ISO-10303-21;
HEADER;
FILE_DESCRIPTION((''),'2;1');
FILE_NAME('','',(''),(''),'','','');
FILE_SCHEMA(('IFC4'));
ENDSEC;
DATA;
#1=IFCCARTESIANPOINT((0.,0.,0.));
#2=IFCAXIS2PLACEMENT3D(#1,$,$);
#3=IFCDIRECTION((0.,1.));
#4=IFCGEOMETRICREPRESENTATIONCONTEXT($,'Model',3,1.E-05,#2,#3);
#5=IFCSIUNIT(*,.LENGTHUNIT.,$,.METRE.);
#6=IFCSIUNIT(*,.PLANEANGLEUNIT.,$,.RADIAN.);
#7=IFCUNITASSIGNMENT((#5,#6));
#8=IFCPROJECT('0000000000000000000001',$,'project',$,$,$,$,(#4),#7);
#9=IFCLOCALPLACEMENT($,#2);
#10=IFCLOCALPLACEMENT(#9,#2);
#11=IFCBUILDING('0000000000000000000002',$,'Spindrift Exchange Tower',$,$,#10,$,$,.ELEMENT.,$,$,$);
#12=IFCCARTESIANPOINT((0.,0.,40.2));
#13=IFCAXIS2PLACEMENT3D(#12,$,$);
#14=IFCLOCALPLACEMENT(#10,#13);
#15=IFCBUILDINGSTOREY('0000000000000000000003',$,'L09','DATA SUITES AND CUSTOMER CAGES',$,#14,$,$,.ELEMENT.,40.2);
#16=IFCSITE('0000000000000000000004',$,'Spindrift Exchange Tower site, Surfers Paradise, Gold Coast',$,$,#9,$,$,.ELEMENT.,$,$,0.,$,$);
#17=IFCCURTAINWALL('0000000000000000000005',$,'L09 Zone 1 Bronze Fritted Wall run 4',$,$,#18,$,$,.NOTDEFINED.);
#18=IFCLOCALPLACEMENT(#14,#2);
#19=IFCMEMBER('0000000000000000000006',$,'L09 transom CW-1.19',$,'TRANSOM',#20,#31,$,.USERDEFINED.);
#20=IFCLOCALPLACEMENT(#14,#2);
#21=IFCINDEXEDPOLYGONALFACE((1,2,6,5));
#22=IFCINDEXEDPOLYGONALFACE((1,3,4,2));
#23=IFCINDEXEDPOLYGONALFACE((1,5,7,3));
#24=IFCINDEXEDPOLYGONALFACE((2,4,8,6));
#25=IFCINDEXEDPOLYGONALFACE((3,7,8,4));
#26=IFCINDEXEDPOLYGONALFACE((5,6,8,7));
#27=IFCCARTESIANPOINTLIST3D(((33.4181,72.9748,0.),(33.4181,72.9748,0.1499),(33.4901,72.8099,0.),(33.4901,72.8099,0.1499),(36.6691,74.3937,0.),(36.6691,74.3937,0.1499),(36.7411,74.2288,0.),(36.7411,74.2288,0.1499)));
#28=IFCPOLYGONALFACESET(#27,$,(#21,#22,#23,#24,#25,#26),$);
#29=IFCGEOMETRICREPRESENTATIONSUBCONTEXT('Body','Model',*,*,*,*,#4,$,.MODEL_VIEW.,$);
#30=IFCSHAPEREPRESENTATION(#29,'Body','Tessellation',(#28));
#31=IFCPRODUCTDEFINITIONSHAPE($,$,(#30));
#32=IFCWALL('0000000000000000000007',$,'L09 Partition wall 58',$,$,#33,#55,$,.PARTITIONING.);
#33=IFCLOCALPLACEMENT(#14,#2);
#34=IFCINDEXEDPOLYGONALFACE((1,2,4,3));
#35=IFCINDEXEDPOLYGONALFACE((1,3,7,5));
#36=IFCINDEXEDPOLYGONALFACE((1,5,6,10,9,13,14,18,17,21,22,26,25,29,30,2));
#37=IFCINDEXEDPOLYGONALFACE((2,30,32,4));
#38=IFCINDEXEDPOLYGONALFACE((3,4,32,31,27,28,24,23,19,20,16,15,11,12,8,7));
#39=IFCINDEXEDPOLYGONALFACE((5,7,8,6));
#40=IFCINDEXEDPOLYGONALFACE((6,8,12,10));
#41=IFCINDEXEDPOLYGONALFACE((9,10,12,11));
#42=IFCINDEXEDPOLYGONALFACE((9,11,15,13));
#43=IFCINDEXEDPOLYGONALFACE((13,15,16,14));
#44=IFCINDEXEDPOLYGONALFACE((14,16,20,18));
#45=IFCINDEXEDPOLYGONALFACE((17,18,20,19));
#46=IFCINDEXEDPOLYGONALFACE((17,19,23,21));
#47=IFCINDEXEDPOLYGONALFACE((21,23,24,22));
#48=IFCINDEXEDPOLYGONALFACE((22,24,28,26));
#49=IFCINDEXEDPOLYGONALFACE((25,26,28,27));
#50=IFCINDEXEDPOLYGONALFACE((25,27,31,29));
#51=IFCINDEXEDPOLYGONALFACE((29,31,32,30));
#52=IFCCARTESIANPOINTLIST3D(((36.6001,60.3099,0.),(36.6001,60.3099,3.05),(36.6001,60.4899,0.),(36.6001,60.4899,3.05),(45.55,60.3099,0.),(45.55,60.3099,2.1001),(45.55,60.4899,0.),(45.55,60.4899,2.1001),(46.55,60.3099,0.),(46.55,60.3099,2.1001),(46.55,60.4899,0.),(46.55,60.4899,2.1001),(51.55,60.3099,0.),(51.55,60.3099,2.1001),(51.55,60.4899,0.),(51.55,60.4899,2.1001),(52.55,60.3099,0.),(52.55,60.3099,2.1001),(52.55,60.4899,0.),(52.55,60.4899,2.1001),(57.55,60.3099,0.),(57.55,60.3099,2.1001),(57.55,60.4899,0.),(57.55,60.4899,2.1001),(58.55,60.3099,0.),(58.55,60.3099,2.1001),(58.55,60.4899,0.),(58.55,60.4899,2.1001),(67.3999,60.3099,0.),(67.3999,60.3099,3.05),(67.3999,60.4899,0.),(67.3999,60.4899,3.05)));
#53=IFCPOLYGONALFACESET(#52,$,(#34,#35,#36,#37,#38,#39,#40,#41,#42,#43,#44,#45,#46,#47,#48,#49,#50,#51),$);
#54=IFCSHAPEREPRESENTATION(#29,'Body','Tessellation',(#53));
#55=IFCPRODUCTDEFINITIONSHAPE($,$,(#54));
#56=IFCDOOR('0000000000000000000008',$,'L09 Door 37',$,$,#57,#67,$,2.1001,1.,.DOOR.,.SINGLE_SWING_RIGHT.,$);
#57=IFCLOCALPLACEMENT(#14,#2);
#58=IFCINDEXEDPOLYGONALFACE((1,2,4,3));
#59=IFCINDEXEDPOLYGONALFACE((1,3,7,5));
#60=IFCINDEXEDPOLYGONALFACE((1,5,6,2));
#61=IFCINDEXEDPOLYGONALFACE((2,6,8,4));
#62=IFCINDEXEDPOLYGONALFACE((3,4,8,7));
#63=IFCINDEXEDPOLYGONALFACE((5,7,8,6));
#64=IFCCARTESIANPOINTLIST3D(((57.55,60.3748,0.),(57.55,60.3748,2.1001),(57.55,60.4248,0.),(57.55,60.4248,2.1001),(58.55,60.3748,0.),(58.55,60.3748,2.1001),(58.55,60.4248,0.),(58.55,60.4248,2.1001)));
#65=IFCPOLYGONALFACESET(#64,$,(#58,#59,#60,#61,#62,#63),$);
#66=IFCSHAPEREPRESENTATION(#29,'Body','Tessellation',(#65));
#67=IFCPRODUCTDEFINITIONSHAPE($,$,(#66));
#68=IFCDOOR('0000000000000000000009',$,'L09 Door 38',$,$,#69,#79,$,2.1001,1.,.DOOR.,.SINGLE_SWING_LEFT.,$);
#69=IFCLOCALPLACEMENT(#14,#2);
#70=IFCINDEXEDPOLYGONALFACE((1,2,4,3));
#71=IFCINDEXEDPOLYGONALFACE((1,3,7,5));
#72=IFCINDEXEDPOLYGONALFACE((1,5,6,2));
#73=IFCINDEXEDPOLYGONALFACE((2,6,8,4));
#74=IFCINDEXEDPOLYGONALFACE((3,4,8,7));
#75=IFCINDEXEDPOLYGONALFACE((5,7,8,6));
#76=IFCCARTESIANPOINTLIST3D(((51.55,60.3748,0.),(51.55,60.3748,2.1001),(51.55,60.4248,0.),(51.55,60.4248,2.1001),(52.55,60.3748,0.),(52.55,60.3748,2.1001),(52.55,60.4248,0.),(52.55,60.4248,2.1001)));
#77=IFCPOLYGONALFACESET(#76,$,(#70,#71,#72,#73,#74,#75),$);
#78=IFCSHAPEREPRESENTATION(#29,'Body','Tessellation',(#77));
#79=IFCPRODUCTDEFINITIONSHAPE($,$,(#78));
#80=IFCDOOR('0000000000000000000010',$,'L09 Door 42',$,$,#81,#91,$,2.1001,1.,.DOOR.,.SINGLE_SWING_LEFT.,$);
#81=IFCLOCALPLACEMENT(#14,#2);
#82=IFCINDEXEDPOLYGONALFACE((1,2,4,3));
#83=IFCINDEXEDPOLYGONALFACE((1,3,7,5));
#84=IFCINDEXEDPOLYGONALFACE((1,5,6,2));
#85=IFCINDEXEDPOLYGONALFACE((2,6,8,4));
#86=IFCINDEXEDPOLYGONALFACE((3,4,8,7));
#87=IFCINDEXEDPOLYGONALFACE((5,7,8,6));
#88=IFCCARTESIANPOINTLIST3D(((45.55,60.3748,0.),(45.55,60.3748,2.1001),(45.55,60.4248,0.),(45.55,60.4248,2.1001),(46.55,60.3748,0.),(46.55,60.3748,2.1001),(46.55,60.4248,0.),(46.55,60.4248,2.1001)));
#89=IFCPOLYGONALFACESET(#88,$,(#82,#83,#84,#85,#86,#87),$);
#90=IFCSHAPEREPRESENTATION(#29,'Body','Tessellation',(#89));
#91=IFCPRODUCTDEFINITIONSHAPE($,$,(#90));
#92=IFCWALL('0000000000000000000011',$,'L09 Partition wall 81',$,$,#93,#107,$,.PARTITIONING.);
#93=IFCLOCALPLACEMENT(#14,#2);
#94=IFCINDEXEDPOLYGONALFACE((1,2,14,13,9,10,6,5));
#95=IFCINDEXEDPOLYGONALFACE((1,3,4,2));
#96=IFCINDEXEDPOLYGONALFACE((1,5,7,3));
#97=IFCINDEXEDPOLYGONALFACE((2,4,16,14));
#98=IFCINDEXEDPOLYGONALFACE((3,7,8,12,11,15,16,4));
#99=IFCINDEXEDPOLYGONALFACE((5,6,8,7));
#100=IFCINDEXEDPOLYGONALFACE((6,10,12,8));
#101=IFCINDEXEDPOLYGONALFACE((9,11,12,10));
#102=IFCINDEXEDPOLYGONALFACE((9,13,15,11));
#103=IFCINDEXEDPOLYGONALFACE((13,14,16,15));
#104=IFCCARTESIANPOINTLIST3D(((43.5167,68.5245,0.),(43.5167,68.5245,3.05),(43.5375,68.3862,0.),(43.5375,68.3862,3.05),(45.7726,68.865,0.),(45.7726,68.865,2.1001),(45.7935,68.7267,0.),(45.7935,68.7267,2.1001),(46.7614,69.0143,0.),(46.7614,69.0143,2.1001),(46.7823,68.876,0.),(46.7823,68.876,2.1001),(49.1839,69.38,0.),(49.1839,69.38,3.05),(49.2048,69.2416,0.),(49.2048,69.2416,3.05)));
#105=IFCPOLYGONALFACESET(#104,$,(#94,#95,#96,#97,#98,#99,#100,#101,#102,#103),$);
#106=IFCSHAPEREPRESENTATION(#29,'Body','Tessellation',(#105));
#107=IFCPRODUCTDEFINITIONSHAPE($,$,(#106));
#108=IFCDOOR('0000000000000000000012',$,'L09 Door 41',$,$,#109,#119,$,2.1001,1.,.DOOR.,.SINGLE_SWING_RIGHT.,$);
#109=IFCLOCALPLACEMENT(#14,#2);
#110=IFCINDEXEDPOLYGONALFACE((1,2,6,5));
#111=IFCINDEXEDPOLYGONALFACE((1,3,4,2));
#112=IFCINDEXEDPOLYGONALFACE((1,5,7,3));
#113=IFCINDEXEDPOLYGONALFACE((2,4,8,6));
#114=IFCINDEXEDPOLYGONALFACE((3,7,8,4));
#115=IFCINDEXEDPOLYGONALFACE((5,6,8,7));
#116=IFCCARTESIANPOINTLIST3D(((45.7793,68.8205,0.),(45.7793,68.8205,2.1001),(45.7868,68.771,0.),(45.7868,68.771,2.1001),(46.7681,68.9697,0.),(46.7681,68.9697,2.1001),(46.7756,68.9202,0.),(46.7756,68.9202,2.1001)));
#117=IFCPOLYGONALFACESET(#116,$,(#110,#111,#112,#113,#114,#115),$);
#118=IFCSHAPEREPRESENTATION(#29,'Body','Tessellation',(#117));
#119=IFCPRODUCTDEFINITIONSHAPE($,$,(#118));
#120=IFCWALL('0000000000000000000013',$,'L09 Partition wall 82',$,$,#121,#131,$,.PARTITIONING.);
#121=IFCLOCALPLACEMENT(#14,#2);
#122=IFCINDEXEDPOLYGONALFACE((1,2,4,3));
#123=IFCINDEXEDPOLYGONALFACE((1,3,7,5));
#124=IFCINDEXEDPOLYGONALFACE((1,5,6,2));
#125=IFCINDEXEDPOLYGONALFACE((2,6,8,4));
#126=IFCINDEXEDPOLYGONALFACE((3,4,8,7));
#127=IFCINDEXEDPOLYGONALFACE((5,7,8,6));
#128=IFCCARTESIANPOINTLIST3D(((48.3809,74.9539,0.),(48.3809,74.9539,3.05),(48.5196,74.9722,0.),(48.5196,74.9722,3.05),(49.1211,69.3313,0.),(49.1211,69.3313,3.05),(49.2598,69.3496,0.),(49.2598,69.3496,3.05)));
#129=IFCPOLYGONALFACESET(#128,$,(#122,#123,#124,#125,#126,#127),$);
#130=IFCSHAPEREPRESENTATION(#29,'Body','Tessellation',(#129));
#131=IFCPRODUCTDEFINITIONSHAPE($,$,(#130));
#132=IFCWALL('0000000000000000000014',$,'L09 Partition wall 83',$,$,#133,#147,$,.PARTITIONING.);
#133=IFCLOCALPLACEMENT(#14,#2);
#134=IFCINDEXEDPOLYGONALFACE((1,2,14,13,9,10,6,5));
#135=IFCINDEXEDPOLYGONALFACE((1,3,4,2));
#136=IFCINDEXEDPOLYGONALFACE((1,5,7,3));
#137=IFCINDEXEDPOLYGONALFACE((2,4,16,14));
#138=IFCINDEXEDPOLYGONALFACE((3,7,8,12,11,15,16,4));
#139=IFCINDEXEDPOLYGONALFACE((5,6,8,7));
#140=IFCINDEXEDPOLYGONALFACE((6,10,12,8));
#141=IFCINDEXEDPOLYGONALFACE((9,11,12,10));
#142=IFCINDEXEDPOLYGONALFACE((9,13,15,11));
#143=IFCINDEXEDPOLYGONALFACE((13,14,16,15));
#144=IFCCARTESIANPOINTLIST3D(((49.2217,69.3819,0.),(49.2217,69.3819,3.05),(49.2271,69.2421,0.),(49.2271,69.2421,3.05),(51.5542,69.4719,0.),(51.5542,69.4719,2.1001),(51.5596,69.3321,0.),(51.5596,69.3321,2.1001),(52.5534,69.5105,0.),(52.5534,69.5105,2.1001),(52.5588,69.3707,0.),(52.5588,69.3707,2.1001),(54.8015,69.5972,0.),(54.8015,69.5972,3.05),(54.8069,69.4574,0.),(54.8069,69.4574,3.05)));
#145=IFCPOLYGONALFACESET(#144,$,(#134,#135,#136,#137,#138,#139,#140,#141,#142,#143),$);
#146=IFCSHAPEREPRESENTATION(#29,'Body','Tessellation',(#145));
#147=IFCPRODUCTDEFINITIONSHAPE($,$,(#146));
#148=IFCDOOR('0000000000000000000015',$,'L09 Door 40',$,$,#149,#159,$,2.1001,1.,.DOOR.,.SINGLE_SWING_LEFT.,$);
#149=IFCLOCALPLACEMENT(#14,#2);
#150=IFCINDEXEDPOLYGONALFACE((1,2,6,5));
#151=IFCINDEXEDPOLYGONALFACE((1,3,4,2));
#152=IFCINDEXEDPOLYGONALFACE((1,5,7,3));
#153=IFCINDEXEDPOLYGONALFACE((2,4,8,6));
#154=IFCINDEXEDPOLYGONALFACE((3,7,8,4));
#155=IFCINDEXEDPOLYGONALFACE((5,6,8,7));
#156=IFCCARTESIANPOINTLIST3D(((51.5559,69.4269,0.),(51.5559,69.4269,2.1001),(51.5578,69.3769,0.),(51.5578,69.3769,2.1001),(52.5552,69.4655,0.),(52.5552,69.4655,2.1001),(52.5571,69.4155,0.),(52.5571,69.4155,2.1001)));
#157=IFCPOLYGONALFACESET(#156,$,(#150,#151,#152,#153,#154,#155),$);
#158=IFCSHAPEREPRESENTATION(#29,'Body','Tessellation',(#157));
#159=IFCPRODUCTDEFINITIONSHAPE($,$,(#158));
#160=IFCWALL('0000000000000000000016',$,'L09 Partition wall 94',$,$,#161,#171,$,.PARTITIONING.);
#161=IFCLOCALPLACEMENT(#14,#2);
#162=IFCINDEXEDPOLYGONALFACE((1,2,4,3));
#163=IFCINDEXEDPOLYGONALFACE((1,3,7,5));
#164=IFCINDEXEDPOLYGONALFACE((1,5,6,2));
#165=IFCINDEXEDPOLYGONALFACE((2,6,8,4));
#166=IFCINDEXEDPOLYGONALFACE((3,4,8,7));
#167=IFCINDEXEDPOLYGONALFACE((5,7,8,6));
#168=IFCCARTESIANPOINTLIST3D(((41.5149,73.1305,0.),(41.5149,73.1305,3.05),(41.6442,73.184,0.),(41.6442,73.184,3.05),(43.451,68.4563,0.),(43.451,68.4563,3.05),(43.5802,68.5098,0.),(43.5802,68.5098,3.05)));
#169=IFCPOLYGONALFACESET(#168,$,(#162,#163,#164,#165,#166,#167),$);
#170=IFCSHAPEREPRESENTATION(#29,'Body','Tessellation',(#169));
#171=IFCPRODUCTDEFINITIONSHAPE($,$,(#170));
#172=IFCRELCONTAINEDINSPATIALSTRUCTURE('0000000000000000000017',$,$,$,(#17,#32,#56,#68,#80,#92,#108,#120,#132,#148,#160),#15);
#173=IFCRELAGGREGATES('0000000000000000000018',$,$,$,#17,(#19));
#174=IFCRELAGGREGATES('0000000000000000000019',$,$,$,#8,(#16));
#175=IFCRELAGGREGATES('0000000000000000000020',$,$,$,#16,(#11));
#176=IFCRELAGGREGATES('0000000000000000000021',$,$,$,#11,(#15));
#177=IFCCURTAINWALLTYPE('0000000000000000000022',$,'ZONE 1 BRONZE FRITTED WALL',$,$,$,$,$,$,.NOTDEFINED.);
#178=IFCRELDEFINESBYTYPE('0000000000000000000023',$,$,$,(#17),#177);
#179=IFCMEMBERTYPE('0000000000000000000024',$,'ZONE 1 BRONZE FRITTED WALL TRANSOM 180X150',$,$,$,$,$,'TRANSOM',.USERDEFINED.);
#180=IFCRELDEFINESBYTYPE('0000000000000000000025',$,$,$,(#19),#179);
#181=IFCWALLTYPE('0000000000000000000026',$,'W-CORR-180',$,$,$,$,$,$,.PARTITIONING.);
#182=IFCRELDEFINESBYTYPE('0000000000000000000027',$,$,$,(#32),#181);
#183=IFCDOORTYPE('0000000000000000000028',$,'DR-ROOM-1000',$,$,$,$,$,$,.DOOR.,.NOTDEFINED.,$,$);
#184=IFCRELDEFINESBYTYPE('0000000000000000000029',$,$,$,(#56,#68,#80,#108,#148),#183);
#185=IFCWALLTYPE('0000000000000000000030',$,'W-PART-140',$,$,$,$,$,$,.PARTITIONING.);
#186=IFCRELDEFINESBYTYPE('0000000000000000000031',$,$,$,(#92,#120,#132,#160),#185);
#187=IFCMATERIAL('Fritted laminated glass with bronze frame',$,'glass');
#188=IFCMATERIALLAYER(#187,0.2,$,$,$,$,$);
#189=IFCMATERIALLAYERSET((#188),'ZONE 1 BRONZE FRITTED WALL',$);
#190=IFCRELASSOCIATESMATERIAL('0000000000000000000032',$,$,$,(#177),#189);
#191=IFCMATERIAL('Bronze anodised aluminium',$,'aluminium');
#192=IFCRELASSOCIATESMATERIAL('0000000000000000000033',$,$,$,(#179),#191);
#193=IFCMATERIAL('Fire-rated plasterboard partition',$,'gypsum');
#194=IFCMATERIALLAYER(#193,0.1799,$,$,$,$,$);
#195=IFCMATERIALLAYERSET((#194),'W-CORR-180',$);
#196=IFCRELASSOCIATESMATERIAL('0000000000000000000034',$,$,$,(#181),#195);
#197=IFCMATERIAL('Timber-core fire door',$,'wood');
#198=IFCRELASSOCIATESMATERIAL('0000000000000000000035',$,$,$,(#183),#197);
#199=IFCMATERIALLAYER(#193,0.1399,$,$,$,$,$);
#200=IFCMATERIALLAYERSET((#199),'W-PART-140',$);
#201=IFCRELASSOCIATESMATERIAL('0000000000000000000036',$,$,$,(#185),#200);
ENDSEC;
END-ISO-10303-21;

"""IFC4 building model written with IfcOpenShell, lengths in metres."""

from ifc_helpers import new_model, si_unit, direction, frame, frame_2d, origin, origin_2d, place, context, subcontext, project, spatial, rectangle, extrude, source, transform, mapped, material, layer, layer_set, material_profile, profile_set, type_object, element, fill, aggregate, save


model = new_model("IFC4")

# Units and contexts
model_context = context("Model", 3, precision=1e-05, world=origin(), true_north=direction((0.0, 1.0)))
body_context = subcontext(model_context, "Body", "Model", "MODEL_VIEW")
ifc_project = project(units=[si_unit("LENGTHUNIT", "METRE"), si_unit("PLANEANGLEUNIT", "RADIAN")], contexts=[model_context])

# Site, building, storey
site_placement = place(None, origin())
site = spatial("IfcSite", under=ifc_project, at=site_placement, Name="Spindrift Exchange Tower site, Surfers Paradise, Gold Coast", CompositionType="ELEMENT", RefElevation=0.0)
building_placement = place(site_placement, origin())
building = spatial("IfcBuilding", under=site, at=building_placement, Name="Spindrift Exchange Tower", CompositionType="ELEMENT")
storey_placement = place(building_placement, frame((0.0, 0.0, 40.2)))
storey = spatial("IfcBuildingStorey", under=building, at=storey_placement, Name="L09", Description="DATA SUITES AND CUSTOMER CAGES", CompositionType="ELEMENT", Elevation=40.2)

# Curtain wall, member
ifc_material_1 = material(Name="Fritted laminated glass with bronze frame", Category="glass")
ifc_layer_1 = layer(ifc_material_1, 0.2)
ifc_layer_set_1 = layer_set([ifc_layer_1], Name="ZONE 1 BRONZE FRITTED WALL")
curtain_wall_type = type_object("IfcCurtainWallType", Name="ZONE 1 BRONZE FRITTED WALL", PredefinedType="NOTDEFINED", material=ifc_layer_set_1)
curtain_wall_placement = place(storey_placement, origin())
curtain_wall = element("IfcCurtainWall", 1, at=curtain_wall_placement, inside=storey, type_object=curtain_wall_type, Name="L09 Zone 1 Bronze Fritted Wall run 4", PredefinedType="NOTDEFINED")
ifc_material_2 = material(Name="Bronze anodised aluminium", Category="aluminium")
ifc_material_profile_1 = material_profile(ifc_material_2, rectangle(XDim=0.1799, YDim=0.1499, at=origin_2d()), Name="ZONE 1 BRONZE FRITTED WALL TRANSOM 180X150")
ifc_profile_set_1 = profile_set([ifc_material_profile_1], Name="Bronze anodised aluminium")
member_type = type_object("IfcMemberType", Name="ZONE 1 BRONZE FRITTED WALL TRANSOM 180X150", ElementType="TRANSOM", PredefinedType="USERDEFINED", material=ifc_profile_set_1)
shared_shape_1 = source(origin(), body_context, "Body", "SweptSolid", [
    extrude(rectangle(XDim=0.1799, YDim=0.1499, at=origin_2d()), origin(), (0.0, 0.0, 1.0), 3.5471),
])
member_placement = place(storey_placement, frame((36.7051, 74.3113, 0.075), z_axis=(-0.916505, -0.400024, 0.0), x_axis=(0.400024, -0.916505, 0.0)))
member = element("IfcMember", 2, at=member_placement, type_object=member_type, Name="L09 transom CW-1.19", ObjectType="TRANSOM", PredefinedType="USERDEFINED", context=body_context, shape_type="MappedRepresentation", body=[
    mapped(shared_shape_1, transform((0.0, 0.0, 0.0), scale=1.0)),
])
aggregate(curtain_wall, [member])

# Wall, openings, doors
ifc_material_3 = material(Name="Fire-rated plasterboard partition", Category="gypsum")
ifc_layer_2 = layer(ifc_material_3, 0.1799)
ifc_layer_set_2 = layer_set([ifc_layer_2], Name="W-CORR-180")
wall_type_1 = type_object("IfcWallType", Name="W-CORR-180", PredefinedType="PARTITIONING", material=ifc_layer_set_2)
wall_1_placement = place(storey_placement, frame((36.6001, 60.3999, 0.0), z_axis=(0.0, 0.0, 1.0), x_axis=(1.0, 0.0, 0.0)))
wall_1 = element("IfcWall", 3, at=wall_1_placement, inside=storey, type_object=wall_type_1, Name="L09 Partition wall 58", PredefinedType="PARTITIONING", context=body_context, shape_type="SweptSolid", body=[
    extrude(rectangle(XDim=30.7998, YDim=0.1799, at=frame_2d((15.3999, 0.0))), origin(), (0.0, 0.0, 1.0), 3.05),
])
opening_1_placement = place(wall_1_placement, frame((20.95, 0.0, 0.0)))
opening_1 = element("IfcOpeningElement", 4, at=opening_1_placement, cuts=wall_1, PredefinedType="OPENING", context=body_context, shape_type="SweptSolid", body=[
    extrude(rectangle(XDim=1.0, YDim=2.1001, at=frame_2d((0.5, 1.05))), frame((0.0, 0.0999, 0.0), z_axis=(0.0, -1.0, 0.0), x_axis=(1.0, 0.0, 0.0)), (0.0, 0.0, 1.0), 0.2),
])
opening_2_placement = place(wall_1_placement, frame((14.95, 0.0, 0.0)))
opening_2 = element("IfcOpeningElement", 5, at=opening_2_placement, cuts=wall_1, PredefinedType="OPENING", context=body_context, shape_type="SweptSolid", body=[
    extrude(rectangle(XDim=1.0, YDim=2.1001, at=frame_2d((0.5, 1.05))), frame((0.0, 0.0999, 0.0), z_axis=(0.0, -1.0, 0.0), x_axis=(1.0, 0.0, 0.0)), (0.0, 0.0, 1.0), 0.2),
])
opening_3_placement = place(wall_1_placement, frame((8.95, 0.0, 0.0)))
opening_3 = element("IfcOpeningElement", 6, at=opening_3_placement, cuts=wall_1, PredefinedType="OPENING", context=body_context, shape_type="SweptSolid", body=[
    extrude(rectangle(XDim=1.0, YDim=2.1001, at=frame_2d((0.5, 1.05))), frame((0.0, 0.0999, 0.0), z_axis=(0.0, -1.0, 0.0), x_axis=(1.0, 0.0, 0.0)), (0.0, 0.0, 1.0), 0.2),
])
ifc_material_4 = material(Name="Timber-core fire door", Category="wood")
door_type = type_object("IfcDoorType", Name="DR-ROOM-1000", OperationType="NOTDEFINED", PredefinedType="DOOR", material=ifc_material_4)
shared_shape_2 = source(origin(), body_context, "Body", "SweptSolid", [
    extrude(rectangle(XDim=1.0, YDim=2.1001, at=frame_2d((0.5, 1.05))), frame((0.0, 0.0249, 0.0), z_axis=(0.0, -1.0, 0.0), x_axis=(1.0, 0.0, 0.0)), (0.0, 0.0, 1.0), 0.05),
])
door_1_placement = place(opening_1_placement, origin())
door_1 = element("IfcDoor", 7, at=door_1_placement, inside=storey, type_object=door_type, Name="L09 Door 37", OperationType="SINGLE_SWING_RIGHT", OverallHeight=2.1001, OverallWidth=1.0, PredefinedType="DOOR", context=body_context, shape_type="MappedRepresentation", body=[
    mapped(shared_shape_2, transform((0.0, 0.0, 0.0), scale=1.0)),
])
fill(opening_1, door_1)
door_2_placement = place(opening_2_placement, origin())
door_2 = element("IfcDoor", 8, at=door_2_placement, inside=storey, type_object=door_type, Name="L09 Door 38", OperationType="SINGLE_SWING_LEFT", OverallHeight=2.1001, OverallWidth=1.0, PredefinedType="DOOR", context=body_context, shape_type="MappedRepresentation", body=[
    mapped(shared_shape_2, transform((0.0, 0.0, 0.0), scale=1.0)),
])
fill(opening_2, door_2)
door_3_placement = place(opening_3_placement, origin())
door_3 = element("IfcDoor", 9, at=door_3_placement, inside=storey, type_object=door_type, Name="L09 Door 42", OperationType="SINGLE_SWING_LEFT", OverallHeight=2.1001, OverallWidth=1.0, PredefinedType="DOOR", context=body_context, shape_type="MappedRepresentation", body=[
    mapped(shared_shape_2, transform((0.0, 0.0, 0.0), scale=1.0)),
])
fill(opening_3, door_3)

# Wall, opening, door
ifc_layer_3 = layer(ifc_material_3, 0.1399)
ifc_layer_set_3 = layer_set([ifc_layer_3], Name="W-PART-140")
wall_type_2 = type_object("IfcWallType", Name="W-PART-140", PredefinedType="PARTITIONING", material=ifc_layer_set_3)
wall_2_placement = place(storey_placement, frame((43.5271, 68.4553, 0.0), z_axis=(0.0, 0.0, 1.0), x_axis=(0.988798, 0.149259, 0.0)))
wall_2 = element("IfcWall", 10, at=wall_2_placement, inside=storey, type_object=wall_type_2, Name="L09 Partition wall 81", PredefinedType="PARTITIONING", context=body_context, shape_type="SweptSolid", body=[
    extrude(rectangle(XDim=5.7314, YDim=0.1399, at=frame_2d((2.8657, 0.0))), origin(), (0.0, 0.0, 1.0), 3.05),
])
opening_4_placement = place(wall_2_placement, frame((2.2815, 0.0, 0.0)))
opening_4 = element("IfcOpeningElement", 11, at=opening_4_placement, cuts=wall_2, PredefinedType="OPENING", context=body_context, shape_type="SweptSolid", body=[
    extrude(rectangle(XDim=1.0, YDim=2.1001, at=frame_2d((0.5, 1.05))), frame((0.0, 0.0798, 0.0), z_axis=(0.0, -1.0, 0.0), x_axis=(1.0, 0.0, 0.0)), (0.0, 0.0, 1.0), 0.1599),
])
door_4_placement = place(opening_4_placement, origin())
door_4 = element("IfcDoor", 12, at=door_4_placement, inside=storey, type_object=door_type, Name="L09 Door 41", OperationType="SINGLE_SWING_RIGHT", OverallHeight=2.1001, OverallWidth=1.0, PredefinedType="DOOR", context=body_context, shape_type="MappedRepresentation", body=[
    mapped(shared_shape_2, transform((0.0, 0.0, 0.0), scale=1.0)),
])
fill(opening_4, door_4)

# Wall
wall_3_placement = place(storey_placement, frame((49.1904, 69.3406, 0.0), z_axis=(0.0, 0.0, 1.0), x_axis=(-0.130528, 0.991445, 0.0)))
element("IfcWall", 13, at=wall_3_placement, inside=storey, type_object=wall_type_2, Name="L09 Partition wall 82", PredefinedType="PARTITIONING", context=body_context, shape_type="SweptSolid", body=[
    extrude(rectangle(XDim=5.6711, YDim=0.1399, at=frame_2d((2.8354, 0.0))), origin(), (0.0, 0.0, 1.0), 3.05),
])

# Wall, opening, door
wall_4_placement = place(storey_placement, frame((49.2244, 69.312, 0.0), z_axis=(0.0, 0.0, 1.0), x_axis=(0.999256, 0.038562, 0.0)))
wall_4 = element("IfcWall", 14, at=wall_4_placement, inside=storey, type_object=wall_type_2, Name="L09 Partition wall 83", PredefinedType="PARTITIONING", context=body_context, shape_type="SweptSolid", body=[
    extrude(rectangle(XDim=5.584, YDim=0.1399, at=frame_2d((2.792, 0.0))), origin(), (0.0, 0.0, 1.0), 3.05),
])
opening_5_placement = place(wall_4_placement, frame((2.3342, 0.0, 0.0)))
opening_5 = element("IfcOpeningElement", 15, at=opening_5_placement, cuts=wall_4, PredefinedType="OPENING", context=body_context, shape_type="SweptSolid", body=[
    extrude(rectangle(XDim=1.0, YDim=2.1001, at=frame_2d((0.5, 1.05))), frame((0.0, 0.0798, 0.0), z_axis=(0.0, -1.0, 0.0), x_axis=(1.0, 0.0, 0.0)), (0.0, 0.0, 1.0), 0.1599),
])
door_5_placement = place(opening_5_placement, origin())
door_5 = element("IfcDoor", 16, at=door_5_placement, inside=storey, type_object=door_type, Name="L09 Door 40", OperationType="SINGLE_SWING_LEFT", OverallHeight=2.1001, OverallWidth=1.0, PredefinedType="DOOR", context=body_context, shape_type="MappedRepresentation", body=[
    mapped(shared_shape_2, transform((0.0, 0.0, 0.0), scale=1.0)),
])
fill(opening_5, door_5)

# Wall
wall_5_placement = place(storey_placement, frame((43.5156, 68.4829, 0.0), z_axis=(0.0, 0.0, 1.0), x_axis=(-0.382661, 0.923889, 0.0)))
element("IfcWall", 17, at=wall_5_placement, inside=storey, type_object=wall_type_2, Name="L09 Partition wall 94", PredefinedType="PARTITIONING", context=body_context, shape_type="SweptSolid", body=[
    extrude(rectangle(XDim=5.0593, YDim=0.1399, at=frame_2d((2.5298, 0.0))), origin(), (0.0, 0.0, 1.0), 3.05),
])

save(model, "model.ifc")
